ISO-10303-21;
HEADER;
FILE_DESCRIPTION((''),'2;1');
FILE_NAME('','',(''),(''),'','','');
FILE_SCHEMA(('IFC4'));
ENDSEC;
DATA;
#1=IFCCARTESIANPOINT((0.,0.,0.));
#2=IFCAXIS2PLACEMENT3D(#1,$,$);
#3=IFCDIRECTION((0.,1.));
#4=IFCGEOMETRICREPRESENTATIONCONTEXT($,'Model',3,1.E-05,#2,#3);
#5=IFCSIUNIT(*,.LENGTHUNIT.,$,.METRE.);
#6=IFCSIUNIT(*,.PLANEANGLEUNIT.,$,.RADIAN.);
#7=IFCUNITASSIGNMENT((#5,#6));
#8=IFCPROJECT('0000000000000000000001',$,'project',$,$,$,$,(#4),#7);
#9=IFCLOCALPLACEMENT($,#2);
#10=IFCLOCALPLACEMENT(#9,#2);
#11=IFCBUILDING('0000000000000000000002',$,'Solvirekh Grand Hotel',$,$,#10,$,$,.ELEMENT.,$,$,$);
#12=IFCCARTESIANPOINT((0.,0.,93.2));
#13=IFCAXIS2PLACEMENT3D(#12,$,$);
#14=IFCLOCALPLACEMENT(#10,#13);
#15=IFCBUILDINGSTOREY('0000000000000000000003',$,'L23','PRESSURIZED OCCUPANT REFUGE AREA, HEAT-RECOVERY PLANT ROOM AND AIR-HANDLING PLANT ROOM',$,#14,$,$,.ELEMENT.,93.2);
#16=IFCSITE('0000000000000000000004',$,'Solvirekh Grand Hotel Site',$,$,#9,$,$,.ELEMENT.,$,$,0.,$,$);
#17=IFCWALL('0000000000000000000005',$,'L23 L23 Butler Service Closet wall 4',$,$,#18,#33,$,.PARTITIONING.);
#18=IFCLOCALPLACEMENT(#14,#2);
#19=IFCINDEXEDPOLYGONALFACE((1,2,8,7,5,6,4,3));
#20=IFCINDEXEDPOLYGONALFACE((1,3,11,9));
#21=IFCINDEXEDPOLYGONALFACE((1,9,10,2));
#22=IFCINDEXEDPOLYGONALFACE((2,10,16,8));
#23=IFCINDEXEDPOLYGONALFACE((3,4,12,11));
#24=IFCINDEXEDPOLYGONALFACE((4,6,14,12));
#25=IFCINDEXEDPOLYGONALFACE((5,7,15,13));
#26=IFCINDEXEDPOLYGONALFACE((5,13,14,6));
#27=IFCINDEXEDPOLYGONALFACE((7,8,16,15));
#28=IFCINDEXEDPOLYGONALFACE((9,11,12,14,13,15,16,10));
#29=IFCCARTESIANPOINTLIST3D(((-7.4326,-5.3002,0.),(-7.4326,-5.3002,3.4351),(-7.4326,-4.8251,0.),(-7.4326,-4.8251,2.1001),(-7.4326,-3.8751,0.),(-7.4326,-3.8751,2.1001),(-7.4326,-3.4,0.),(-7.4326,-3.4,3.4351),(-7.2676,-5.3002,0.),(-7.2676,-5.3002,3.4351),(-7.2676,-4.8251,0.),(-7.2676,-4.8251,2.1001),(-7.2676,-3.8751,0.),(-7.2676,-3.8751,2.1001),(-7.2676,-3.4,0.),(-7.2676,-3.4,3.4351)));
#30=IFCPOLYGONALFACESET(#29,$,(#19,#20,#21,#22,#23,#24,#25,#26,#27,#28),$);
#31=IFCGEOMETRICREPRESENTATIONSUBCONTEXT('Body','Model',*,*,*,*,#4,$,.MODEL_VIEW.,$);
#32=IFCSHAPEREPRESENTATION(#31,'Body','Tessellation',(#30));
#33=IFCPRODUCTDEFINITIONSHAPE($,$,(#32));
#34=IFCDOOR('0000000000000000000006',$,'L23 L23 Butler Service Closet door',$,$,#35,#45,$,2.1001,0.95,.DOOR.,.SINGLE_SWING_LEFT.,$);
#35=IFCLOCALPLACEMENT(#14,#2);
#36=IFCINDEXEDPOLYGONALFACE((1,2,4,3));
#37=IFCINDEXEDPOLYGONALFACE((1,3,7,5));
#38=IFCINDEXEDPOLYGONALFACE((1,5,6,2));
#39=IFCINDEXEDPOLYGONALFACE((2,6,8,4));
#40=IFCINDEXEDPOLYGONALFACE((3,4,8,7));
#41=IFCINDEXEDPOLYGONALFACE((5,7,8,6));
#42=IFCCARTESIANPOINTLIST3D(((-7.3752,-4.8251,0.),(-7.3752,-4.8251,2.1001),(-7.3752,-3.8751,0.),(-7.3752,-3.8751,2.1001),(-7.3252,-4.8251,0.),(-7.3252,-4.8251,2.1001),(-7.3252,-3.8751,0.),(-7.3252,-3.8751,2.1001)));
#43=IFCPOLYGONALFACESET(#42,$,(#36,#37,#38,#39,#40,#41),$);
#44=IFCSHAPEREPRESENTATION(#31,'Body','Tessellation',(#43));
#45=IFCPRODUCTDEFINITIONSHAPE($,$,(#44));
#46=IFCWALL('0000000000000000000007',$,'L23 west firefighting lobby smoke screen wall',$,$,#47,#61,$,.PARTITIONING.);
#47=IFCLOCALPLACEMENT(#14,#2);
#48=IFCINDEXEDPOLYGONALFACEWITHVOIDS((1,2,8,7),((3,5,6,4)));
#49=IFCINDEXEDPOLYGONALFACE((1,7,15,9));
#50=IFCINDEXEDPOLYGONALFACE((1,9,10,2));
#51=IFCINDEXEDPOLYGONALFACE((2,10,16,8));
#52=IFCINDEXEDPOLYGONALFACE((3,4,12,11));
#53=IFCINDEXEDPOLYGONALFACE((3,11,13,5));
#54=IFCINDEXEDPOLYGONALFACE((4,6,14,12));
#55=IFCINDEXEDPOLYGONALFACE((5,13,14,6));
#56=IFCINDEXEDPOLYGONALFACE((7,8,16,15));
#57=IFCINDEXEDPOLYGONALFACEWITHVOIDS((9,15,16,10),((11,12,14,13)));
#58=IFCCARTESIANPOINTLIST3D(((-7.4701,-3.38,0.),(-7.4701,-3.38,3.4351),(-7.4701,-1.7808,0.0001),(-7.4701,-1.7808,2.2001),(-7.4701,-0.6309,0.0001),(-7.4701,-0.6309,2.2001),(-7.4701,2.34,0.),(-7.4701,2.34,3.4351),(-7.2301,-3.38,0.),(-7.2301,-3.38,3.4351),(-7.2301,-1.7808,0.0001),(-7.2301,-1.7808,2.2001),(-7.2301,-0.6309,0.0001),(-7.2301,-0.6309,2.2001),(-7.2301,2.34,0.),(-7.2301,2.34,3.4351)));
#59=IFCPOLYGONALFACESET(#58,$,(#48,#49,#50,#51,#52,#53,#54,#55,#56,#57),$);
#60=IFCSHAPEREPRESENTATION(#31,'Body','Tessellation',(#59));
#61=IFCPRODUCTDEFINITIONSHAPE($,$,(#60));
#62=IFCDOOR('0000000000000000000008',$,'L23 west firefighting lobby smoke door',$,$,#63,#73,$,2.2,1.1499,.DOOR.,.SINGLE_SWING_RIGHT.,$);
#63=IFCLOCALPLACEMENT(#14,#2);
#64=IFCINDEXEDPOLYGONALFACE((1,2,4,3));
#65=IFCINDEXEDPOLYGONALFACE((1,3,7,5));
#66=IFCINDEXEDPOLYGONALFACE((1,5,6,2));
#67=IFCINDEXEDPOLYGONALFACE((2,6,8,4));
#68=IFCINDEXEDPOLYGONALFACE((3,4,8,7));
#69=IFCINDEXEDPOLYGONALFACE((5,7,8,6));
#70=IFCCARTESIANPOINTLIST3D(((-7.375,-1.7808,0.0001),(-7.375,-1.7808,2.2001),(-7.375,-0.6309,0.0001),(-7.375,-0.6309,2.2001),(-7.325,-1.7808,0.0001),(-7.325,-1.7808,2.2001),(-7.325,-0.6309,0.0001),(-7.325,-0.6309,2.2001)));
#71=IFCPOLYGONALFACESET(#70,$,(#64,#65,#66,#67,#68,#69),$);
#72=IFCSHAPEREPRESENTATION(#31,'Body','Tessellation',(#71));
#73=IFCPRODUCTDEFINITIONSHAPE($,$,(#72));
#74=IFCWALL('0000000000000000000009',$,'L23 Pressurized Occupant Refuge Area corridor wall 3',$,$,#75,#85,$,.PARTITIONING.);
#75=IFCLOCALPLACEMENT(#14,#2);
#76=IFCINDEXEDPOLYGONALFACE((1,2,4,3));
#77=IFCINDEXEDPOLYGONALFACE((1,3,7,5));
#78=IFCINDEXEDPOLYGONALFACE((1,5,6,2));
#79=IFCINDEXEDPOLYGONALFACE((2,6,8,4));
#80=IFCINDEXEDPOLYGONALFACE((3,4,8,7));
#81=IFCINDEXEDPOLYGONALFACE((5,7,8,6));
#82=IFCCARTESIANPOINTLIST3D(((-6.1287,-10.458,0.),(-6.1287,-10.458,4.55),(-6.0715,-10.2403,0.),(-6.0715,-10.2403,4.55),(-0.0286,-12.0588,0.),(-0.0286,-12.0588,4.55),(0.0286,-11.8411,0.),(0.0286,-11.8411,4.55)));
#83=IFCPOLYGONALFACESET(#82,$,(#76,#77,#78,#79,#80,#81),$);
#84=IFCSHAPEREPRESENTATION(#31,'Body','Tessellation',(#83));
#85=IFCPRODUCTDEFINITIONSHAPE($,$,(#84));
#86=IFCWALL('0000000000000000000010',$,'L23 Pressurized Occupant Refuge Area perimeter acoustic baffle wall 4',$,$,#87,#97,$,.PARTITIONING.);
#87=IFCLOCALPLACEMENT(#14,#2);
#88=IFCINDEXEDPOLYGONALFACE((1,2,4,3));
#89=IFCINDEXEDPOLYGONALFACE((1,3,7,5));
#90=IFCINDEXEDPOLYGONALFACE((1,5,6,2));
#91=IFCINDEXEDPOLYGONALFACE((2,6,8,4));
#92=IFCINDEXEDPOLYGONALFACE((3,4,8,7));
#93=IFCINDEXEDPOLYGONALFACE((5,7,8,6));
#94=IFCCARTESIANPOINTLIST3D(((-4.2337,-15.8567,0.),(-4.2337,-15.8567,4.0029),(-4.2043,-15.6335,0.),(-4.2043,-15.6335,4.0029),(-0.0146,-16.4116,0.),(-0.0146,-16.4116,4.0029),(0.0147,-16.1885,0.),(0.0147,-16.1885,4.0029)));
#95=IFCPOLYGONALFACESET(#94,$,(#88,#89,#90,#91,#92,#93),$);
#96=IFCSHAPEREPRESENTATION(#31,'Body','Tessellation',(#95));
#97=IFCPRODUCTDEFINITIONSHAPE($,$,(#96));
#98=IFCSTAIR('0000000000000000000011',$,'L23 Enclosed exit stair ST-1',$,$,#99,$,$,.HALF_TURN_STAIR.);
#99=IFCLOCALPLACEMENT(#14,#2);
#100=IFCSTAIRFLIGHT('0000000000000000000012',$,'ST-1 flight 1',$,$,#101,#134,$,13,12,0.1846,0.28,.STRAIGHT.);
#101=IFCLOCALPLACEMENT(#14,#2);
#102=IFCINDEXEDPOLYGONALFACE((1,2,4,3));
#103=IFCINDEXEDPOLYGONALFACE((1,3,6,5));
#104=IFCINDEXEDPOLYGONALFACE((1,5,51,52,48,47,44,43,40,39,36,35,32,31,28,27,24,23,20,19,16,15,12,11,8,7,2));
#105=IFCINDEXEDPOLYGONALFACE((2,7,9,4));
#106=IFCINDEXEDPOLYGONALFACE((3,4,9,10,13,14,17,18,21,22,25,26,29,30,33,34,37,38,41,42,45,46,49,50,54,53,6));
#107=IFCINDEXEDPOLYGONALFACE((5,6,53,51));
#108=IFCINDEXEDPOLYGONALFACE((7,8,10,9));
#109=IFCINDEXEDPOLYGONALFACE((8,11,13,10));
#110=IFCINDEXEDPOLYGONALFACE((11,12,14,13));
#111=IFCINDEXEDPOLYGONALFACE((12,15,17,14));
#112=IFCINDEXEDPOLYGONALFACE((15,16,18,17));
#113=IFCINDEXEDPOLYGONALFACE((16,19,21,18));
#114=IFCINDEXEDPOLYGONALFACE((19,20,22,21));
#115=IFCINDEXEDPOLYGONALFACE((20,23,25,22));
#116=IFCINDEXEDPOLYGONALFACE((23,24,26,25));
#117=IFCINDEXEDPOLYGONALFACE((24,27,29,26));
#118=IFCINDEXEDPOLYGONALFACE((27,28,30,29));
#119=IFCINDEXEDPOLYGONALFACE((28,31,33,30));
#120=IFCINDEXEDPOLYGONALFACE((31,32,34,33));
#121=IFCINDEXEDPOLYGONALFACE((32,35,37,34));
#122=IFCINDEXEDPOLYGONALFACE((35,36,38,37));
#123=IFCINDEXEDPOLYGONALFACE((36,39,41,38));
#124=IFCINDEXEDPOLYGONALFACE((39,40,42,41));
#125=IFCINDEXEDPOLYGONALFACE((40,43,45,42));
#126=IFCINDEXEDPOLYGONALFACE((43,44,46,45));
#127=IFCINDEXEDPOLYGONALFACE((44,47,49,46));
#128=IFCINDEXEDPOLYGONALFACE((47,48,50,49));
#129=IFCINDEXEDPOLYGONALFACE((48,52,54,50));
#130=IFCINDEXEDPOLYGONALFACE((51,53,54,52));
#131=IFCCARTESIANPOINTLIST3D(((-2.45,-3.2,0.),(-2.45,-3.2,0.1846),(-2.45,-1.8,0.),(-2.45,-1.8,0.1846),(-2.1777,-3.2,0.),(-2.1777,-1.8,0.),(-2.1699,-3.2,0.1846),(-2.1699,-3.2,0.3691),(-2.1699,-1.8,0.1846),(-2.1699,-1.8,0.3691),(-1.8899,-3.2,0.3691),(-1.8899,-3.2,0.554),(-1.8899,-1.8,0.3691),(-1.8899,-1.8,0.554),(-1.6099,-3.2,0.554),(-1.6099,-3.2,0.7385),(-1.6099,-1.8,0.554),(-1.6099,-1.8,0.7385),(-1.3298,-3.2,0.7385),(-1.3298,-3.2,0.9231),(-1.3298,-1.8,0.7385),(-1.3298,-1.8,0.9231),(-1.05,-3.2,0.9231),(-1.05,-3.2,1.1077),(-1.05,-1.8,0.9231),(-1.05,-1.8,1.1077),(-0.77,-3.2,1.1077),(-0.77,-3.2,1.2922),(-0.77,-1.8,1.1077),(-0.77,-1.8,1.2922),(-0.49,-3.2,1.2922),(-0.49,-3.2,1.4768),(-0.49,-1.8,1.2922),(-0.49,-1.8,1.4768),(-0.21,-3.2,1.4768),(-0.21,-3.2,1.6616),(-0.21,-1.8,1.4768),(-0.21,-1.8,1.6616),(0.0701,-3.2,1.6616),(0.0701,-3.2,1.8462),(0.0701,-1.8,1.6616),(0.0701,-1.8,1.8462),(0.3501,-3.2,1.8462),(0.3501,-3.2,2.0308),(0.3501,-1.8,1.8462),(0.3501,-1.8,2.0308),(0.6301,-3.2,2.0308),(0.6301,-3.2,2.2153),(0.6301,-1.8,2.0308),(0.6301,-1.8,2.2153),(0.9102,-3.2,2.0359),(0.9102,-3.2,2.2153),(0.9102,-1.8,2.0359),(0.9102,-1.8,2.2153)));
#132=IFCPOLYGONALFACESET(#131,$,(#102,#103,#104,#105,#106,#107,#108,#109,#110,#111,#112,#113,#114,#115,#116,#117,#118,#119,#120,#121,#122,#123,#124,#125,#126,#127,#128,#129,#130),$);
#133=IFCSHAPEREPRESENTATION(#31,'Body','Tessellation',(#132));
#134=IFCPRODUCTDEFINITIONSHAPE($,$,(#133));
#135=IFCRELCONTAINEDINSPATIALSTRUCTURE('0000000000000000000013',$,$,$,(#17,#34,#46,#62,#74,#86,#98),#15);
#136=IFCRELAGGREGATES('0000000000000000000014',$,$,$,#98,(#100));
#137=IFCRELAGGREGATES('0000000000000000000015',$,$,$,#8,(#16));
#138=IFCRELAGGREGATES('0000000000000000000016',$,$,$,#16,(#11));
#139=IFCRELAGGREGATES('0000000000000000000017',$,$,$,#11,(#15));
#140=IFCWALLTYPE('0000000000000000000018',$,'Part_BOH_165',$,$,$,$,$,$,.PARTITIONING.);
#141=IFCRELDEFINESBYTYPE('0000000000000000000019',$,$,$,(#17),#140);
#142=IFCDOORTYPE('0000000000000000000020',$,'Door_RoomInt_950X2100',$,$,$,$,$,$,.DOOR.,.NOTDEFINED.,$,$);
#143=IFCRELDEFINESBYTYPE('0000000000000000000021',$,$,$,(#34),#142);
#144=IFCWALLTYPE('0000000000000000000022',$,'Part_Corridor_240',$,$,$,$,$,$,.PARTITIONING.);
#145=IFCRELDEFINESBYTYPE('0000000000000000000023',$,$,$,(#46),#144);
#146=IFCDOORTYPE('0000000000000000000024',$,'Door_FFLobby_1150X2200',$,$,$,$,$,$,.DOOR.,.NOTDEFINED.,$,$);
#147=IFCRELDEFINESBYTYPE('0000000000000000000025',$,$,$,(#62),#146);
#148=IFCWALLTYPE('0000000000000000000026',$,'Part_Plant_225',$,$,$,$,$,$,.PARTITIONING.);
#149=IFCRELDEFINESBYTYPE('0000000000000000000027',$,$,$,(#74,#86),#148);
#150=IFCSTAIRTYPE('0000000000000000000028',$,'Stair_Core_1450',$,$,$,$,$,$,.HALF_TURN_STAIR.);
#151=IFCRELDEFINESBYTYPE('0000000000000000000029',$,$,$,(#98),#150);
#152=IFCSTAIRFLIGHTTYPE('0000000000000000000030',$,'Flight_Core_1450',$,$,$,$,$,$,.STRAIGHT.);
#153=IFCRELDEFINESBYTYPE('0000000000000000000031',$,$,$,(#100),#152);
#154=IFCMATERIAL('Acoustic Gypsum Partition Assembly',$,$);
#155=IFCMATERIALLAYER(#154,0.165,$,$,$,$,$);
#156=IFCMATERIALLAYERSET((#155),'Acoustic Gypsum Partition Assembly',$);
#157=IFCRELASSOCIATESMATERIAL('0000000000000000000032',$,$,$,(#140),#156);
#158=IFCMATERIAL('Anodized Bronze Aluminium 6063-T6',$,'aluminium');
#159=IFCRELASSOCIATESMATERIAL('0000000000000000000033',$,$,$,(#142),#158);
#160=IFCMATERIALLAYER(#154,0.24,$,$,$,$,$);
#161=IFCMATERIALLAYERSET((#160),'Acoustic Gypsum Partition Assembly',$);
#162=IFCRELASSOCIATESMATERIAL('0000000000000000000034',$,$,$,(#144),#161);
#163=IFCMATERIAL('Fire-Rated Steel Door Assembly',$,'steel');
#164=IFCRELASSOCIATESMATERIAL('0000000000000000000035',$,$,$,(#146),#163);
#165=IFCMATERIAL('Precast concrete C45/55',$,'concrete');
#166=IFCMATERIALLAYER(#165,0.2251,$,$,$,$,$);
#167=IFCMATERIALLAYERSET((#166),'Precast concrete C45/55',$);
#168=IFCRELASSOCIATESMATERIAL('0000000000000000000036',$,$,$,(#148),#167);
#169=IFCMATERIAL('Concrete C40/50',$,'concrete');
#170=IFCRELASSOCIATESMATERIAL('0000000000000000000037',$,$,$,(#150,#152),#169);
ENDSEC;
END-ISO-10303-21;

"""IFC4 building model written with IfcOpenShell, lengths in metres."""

from ifc_helpers import new_model, si_unit, direction, frame, frame_2d, origin, place, context, subcontext, project, spatial, polyline, rectangle, outline, extrude, material, layer, layer_set, type_object, element, fill, aggregate, save


model = new_model("IFC4")

# Units and contexts
model_context = context("Model", 3, precision=1e-05, world=origin(), true_north=direction((0.0, 1.0)))
body_context = subcontext(model_context, "Body", "Model", "MODEL_VIEW")
ifc_project = project(units=[si_unit("LENGTHUNIT", "METRE"), si_unit("PLANEANGLEUNIT", "RADIAN")], contexts=[model_context])

# Site, building, storey
site_placement = place(None, origin())
site = spatial("IfcSite", under=ifc_project, at=site_placement, Name="Solvirekh Grand Hotel Site", CompositionType="ELEMENT", RefElevation=0.0)
building_placement = place(site_placement, origin())
building = spatial("IfcBuilding", under=site, at=building_placement, Name="Solvirekh Grand Hotel", CompositionType="ELEMENT")
storey_placement = place(building_placement, frame((0.0, 0.0, 93.2)))
storey = spatial("IfcBuildingStorey", under=building, at=storey_placement, Name="L23", Description="PRESSURIZED OCCUPANT REFUGE AREA, HEAT-RECOVERY PLANT ROOM AND AIR-HANDLING PLANT ROOM", CompositionType="ELEMENT", Elevation=93.2)

# Shared definitions
ifc_material_1 = material(Name="Concrete C40/50", Category="concrete")

# Shared definitions
ifc_material_2 = material(Name="Fire-Rated Steel Door Assembly", Category="steel")

# Shared definitions
ifc_material_3 = material(Name="Precast concrete C45/55", Category="concrete")
ifc_material_4 = material(Name="Acoustic Gypsum Partition Assembly")
ifc_layer_1 = layer(ifc_material_4, 0.165)
ifc_layer_set_1 = layer_set([ifc_layer_1], Name="Acoustic Gypsum Partition Assembly")
wall_type_1 = type_object("IfcWallType", Name="Part_BOH_165", PredefinedType="PARTITIONING", material=ifc_layer_set_1)

# Walls, openings, doors
wall_1_placement = place(storey_placement, frame((-7.3501, -3.3999, 0.0), z_axis=(0.0, 0.0, 1.0), x_axis=(0.0, -1.0, 0.0)))
wall_1 = element("IfcWall", 1, at=wall_1_placement, inside=storey, type_object=wall_type_1, Name="L23 L23 Butler Service Closet wall 4", PredefinedType="PARTITIONING", context=body_context, shape_type="SweptSolid", body=[
    extrude(rectangle(XDim=1.9001, YDim=0.165, at=frame_2d((0.9502, 0.0))), origin(), (0.0, 0.0, 1.0), 3.4351),
])
opening_1_placement = place(wall_1_placement, frame((0.4751, 0.0, 0.0)))
opening_1 = element("IfcOpeningElement", 2, at=opening_1_placement, cuts=wall_1, PredefinedType="OPENING", context=body_context, shape_type="SweptSolid", body=[
    extrude(rectangle(XDim=0.95, YDim=2.1001, at=frame_2d((0.4751, 1.05))), frame((0.0, 0.0925, 0.0), z_axis=(0.0, -1.0, 0.0), x_axis=(1.0, 0.0, 0.0)), (0.0, 0.0, 1.0), 0.1851),
])
ifc_material_5 = material(Name="Anodized Bronze Aluminium 6063-T6", Category="aluminium")
door_type_1 = type_object("IfcDoorType", Name="Door_RoomInt_950X2100", OperationType="NOTDEFINED", PredefinedType="DOOR", material=ifc_material_5)
door_1_placement = place(opening_1_placement, origin())
door_1 = element("IfcDoor", 3, at=door_1_placement, inside=storey, type_object=door_type_1, Name="L23 L23 Butler Service Closet door", OperationType="SINGLE_SWING_LEFT", OverallHeight=2.1001, OverallWidth=0.95, PredefinedType="DOOR", context=body_context, shape_type="SweptSolid", body=[
    extrude(rectangle(XDim=0.95, YDim=2.1001, at=frame_2d((0.4751, 1.05))), frame((0.0, 0.0249, 0.0), z_axis=(0.0, -1.0, 0.0), x_axis=(1.0, 0.0, 0.0)), (0.0, 0.0, 1.0), 0.05),
])
fill(opening_1, door_1)
ifc_layer_2 = layer(ifc_material_4, 0.24)
ifc_layer_set_2 = layer_set([ifc_layer_2], Name="Acoustic Gypsum Partition Assembly")
wall_type_2 = type_object("IfcWallType", Name="Part_Corridor_240", PredefinedType="PARTITIONING", material=ifc_layer_set_2)
wall_2_placement = place(storey_placement, frame((-7.3501, -3.3799, 0.0), z_axis=(0.0, 0.0, 1.0), x_axis=(0.0, 1.0, 0.0)))
wall_2 = element("IfcWall", 4, at=wall_2_placement, inside=storey, type_object=wall_type_2, Name="L23 west firefighting lobby smoke screen wall", PredefinedType="PARTITIONING", context=body_context, shape_type="SweptSolid", body=[
    extrude(rectangle(XDim=5.72, YDim=0.24, at=frame_2d((2.8599, 0.0))), origin(), (0.0, 0.0, 1.0), 3.4351),
])
opening_2_placement = place(wall_2_placement, frame((1.5991, 0.0, 0.0)))
opening_2 = element("IfcOpeningElement", 5, at=opening_2_placement, cuts=wall_2, PredefinedType="OPENING", context=body_context, shape_type="SweptSolid", body=[
    extrude(rectangle(XDim=1.1499, YDim=2.2, at=frame_2d((0.575, 1.1001))), frame((0.0, 0.1299, 0.0), z_axis=(0.0, -1.0, 0.0), x_axis=(1.0, 0.0, 0.0)), (0.0, 0.0, 1.0), 0.26),
])
door_type_2 = type_object("IfcDoorType", Name="Door_FFLobby_1150X2200", OperationType="NOTDEFINED", PredefinedType="DOOR", material=ifc_material_2)
door_2_placement = place(opening_2_placement, origin())
door_2 = element("IfcDoor", 6, at=door_2_placement, inside=storey, type_object=door_type_2, Name="L23 west firefighting lobby smoke door", OperationType="SINGLE_SWING_RIGHT", OverallHeight=2.2, OverallWidth=1.1499, PredefinedType="DOOR", context=body_context, shape_type="SweptSolid", body=[
    extrude(rectangle(XDim=1.1499, YDim=2.2, at=frame_2d((0.575, 1.1001))), frame((0.0, 0.0249, 0.0), z_axis=(0.0, -1.0, 0.0), x_axis=(1.0, 0.0, 0.0)), (0.0, 0.0, 1.0), 0.05),
])
fill(opening_2, door_2)

# Walls
ifc_layer_3 = layer(ifc_material_3, 0.2251)
ifc_layer_set_3 = layer_set([ifc_layer_3], Name="Precast concrete C45/55")
wall_type_3 = type_object("IfcWallType", Name="Part_Plant_225", PredefinedType="PARTITIONING", material=ifc_layer_set_3)
wall_3_placement = place(storey_placement, frame((-6.1001, -10.3491, 0.0), z_axis=(0.0, 0.0, 1.0), x_axis=(0.967248, -0.253832, 0.0)))
element("IfcWall", 7, at=wall_3_placement, inside=storey, type_object=wall_type_3, Name="L23 Pressurized Occupant Refuge Area corridor wall 3", PredefinedType="PARTITIONING", context=body_context, shape_type="SweptSolid", body=[
    extrude(rectangle(XDim=6.3066, YDim=0.2251, at=frame_2d((3.1533, 0.0))), origin(), (0.0, 0.0, 1.0), 4.55),
])
wall_4_placement = place(storey_placement, frame((-4.219, -15.7451, 0.0), z_axis=(0.0, 0.0, 1.0), x_axis=(0.99146, -0.130409, 0.0)))
element("IfcWall", 8, at=wall_4_placement, inside=storey, type_object=wall_type_3, Name="L23 Pressurized Occupant Refuge Area perimeter acoustic baffle wall 4", PredefinedType="PARTITIONING", context=body_context, shape_type="SweptSolid", body=[
    extrude(rectangle(XDim=4.2554, YDim=0.2251, at=frame_2d((2.1277, 0.0))), origin(), (0.0, 0.0, 1.0), 4.0029),
])

# Stair, stair flight
stair_type = type_object("IfcStairType", Name="Stair_Core_1450", PredefinedType="HALF_TURN_STAIR", material=ifc_material_1)
stair_placement = place(storey_placement, origin())
stair = element("IfcStair", 9, at=stair_placement, inside=storey, type_object=stair_type, Name="L23 Enclosed exit stair ST-1", PredefinedType="HALF_TURN_STAIR")
stair_flight_type = type_object("IfcStairFlightType", Name="Flight_Core_1450", PredefinedType="STRAIGHT", material=ifc_material_1)
stair_flight_placement = place(storey_placement, frame((-2.45, -2.5, 0.0), z_axis=(0.0, 0.0, 1.0), x_axis=(1.0, 0.0, 0.0)))
stair_flight = element("IfcStairFlight", 10, at=stair_flight_placement, type_object=stair_flight_type, Name="ST-1 flight 1", NumberOfRisers=13, NumberOfTreads=12, PredefinedType="STRAIGHT", RiserHeight=0.1846, TreadLength=0.28, context=body_context, shape_type="SweptSolid", body=[
    extrude(outline(polyline([(0.0, 0.0), (0.0, 0.1846), (0.28, 0.1846), (0.28, 0.3691), (0.5601, 0.3691), (0.5601, 0.554), (0.8401, 0.554), (0.8401, 0.7385), (1.1201, 0.7385), (1.1201, 0.9231), (1.3999, 0.9231), (1.3999, 1.1077), (1.6799, 1.1077), (1.6799, 1.2922), (1.96, 1.2922), (1.96, 1.4768), (2.24, 1.4768), (2.24, 1.6616), (2.52, 1.6616), (2.52, 1.8462), (2.8, 1.8462), (2.8, 2.0308), (3.0801, 2.0308), (3.0801, 2.2153), (3.3601, 2.2153), (3.3601, 2.3999), (3.3601, 2.0359), (0.2722, 0.0), (0.0, 0.0)])), frame((0.0, 0.7, 0.0), z_axis=(0.0, -1.0, 0.0), x_axis=(1.0, 0.0, 0.0)), (0.0, 0.0, 1.0), 1.3999),
])
aggregate(stair, [stair_flight])

save(model, "model.ifc")
